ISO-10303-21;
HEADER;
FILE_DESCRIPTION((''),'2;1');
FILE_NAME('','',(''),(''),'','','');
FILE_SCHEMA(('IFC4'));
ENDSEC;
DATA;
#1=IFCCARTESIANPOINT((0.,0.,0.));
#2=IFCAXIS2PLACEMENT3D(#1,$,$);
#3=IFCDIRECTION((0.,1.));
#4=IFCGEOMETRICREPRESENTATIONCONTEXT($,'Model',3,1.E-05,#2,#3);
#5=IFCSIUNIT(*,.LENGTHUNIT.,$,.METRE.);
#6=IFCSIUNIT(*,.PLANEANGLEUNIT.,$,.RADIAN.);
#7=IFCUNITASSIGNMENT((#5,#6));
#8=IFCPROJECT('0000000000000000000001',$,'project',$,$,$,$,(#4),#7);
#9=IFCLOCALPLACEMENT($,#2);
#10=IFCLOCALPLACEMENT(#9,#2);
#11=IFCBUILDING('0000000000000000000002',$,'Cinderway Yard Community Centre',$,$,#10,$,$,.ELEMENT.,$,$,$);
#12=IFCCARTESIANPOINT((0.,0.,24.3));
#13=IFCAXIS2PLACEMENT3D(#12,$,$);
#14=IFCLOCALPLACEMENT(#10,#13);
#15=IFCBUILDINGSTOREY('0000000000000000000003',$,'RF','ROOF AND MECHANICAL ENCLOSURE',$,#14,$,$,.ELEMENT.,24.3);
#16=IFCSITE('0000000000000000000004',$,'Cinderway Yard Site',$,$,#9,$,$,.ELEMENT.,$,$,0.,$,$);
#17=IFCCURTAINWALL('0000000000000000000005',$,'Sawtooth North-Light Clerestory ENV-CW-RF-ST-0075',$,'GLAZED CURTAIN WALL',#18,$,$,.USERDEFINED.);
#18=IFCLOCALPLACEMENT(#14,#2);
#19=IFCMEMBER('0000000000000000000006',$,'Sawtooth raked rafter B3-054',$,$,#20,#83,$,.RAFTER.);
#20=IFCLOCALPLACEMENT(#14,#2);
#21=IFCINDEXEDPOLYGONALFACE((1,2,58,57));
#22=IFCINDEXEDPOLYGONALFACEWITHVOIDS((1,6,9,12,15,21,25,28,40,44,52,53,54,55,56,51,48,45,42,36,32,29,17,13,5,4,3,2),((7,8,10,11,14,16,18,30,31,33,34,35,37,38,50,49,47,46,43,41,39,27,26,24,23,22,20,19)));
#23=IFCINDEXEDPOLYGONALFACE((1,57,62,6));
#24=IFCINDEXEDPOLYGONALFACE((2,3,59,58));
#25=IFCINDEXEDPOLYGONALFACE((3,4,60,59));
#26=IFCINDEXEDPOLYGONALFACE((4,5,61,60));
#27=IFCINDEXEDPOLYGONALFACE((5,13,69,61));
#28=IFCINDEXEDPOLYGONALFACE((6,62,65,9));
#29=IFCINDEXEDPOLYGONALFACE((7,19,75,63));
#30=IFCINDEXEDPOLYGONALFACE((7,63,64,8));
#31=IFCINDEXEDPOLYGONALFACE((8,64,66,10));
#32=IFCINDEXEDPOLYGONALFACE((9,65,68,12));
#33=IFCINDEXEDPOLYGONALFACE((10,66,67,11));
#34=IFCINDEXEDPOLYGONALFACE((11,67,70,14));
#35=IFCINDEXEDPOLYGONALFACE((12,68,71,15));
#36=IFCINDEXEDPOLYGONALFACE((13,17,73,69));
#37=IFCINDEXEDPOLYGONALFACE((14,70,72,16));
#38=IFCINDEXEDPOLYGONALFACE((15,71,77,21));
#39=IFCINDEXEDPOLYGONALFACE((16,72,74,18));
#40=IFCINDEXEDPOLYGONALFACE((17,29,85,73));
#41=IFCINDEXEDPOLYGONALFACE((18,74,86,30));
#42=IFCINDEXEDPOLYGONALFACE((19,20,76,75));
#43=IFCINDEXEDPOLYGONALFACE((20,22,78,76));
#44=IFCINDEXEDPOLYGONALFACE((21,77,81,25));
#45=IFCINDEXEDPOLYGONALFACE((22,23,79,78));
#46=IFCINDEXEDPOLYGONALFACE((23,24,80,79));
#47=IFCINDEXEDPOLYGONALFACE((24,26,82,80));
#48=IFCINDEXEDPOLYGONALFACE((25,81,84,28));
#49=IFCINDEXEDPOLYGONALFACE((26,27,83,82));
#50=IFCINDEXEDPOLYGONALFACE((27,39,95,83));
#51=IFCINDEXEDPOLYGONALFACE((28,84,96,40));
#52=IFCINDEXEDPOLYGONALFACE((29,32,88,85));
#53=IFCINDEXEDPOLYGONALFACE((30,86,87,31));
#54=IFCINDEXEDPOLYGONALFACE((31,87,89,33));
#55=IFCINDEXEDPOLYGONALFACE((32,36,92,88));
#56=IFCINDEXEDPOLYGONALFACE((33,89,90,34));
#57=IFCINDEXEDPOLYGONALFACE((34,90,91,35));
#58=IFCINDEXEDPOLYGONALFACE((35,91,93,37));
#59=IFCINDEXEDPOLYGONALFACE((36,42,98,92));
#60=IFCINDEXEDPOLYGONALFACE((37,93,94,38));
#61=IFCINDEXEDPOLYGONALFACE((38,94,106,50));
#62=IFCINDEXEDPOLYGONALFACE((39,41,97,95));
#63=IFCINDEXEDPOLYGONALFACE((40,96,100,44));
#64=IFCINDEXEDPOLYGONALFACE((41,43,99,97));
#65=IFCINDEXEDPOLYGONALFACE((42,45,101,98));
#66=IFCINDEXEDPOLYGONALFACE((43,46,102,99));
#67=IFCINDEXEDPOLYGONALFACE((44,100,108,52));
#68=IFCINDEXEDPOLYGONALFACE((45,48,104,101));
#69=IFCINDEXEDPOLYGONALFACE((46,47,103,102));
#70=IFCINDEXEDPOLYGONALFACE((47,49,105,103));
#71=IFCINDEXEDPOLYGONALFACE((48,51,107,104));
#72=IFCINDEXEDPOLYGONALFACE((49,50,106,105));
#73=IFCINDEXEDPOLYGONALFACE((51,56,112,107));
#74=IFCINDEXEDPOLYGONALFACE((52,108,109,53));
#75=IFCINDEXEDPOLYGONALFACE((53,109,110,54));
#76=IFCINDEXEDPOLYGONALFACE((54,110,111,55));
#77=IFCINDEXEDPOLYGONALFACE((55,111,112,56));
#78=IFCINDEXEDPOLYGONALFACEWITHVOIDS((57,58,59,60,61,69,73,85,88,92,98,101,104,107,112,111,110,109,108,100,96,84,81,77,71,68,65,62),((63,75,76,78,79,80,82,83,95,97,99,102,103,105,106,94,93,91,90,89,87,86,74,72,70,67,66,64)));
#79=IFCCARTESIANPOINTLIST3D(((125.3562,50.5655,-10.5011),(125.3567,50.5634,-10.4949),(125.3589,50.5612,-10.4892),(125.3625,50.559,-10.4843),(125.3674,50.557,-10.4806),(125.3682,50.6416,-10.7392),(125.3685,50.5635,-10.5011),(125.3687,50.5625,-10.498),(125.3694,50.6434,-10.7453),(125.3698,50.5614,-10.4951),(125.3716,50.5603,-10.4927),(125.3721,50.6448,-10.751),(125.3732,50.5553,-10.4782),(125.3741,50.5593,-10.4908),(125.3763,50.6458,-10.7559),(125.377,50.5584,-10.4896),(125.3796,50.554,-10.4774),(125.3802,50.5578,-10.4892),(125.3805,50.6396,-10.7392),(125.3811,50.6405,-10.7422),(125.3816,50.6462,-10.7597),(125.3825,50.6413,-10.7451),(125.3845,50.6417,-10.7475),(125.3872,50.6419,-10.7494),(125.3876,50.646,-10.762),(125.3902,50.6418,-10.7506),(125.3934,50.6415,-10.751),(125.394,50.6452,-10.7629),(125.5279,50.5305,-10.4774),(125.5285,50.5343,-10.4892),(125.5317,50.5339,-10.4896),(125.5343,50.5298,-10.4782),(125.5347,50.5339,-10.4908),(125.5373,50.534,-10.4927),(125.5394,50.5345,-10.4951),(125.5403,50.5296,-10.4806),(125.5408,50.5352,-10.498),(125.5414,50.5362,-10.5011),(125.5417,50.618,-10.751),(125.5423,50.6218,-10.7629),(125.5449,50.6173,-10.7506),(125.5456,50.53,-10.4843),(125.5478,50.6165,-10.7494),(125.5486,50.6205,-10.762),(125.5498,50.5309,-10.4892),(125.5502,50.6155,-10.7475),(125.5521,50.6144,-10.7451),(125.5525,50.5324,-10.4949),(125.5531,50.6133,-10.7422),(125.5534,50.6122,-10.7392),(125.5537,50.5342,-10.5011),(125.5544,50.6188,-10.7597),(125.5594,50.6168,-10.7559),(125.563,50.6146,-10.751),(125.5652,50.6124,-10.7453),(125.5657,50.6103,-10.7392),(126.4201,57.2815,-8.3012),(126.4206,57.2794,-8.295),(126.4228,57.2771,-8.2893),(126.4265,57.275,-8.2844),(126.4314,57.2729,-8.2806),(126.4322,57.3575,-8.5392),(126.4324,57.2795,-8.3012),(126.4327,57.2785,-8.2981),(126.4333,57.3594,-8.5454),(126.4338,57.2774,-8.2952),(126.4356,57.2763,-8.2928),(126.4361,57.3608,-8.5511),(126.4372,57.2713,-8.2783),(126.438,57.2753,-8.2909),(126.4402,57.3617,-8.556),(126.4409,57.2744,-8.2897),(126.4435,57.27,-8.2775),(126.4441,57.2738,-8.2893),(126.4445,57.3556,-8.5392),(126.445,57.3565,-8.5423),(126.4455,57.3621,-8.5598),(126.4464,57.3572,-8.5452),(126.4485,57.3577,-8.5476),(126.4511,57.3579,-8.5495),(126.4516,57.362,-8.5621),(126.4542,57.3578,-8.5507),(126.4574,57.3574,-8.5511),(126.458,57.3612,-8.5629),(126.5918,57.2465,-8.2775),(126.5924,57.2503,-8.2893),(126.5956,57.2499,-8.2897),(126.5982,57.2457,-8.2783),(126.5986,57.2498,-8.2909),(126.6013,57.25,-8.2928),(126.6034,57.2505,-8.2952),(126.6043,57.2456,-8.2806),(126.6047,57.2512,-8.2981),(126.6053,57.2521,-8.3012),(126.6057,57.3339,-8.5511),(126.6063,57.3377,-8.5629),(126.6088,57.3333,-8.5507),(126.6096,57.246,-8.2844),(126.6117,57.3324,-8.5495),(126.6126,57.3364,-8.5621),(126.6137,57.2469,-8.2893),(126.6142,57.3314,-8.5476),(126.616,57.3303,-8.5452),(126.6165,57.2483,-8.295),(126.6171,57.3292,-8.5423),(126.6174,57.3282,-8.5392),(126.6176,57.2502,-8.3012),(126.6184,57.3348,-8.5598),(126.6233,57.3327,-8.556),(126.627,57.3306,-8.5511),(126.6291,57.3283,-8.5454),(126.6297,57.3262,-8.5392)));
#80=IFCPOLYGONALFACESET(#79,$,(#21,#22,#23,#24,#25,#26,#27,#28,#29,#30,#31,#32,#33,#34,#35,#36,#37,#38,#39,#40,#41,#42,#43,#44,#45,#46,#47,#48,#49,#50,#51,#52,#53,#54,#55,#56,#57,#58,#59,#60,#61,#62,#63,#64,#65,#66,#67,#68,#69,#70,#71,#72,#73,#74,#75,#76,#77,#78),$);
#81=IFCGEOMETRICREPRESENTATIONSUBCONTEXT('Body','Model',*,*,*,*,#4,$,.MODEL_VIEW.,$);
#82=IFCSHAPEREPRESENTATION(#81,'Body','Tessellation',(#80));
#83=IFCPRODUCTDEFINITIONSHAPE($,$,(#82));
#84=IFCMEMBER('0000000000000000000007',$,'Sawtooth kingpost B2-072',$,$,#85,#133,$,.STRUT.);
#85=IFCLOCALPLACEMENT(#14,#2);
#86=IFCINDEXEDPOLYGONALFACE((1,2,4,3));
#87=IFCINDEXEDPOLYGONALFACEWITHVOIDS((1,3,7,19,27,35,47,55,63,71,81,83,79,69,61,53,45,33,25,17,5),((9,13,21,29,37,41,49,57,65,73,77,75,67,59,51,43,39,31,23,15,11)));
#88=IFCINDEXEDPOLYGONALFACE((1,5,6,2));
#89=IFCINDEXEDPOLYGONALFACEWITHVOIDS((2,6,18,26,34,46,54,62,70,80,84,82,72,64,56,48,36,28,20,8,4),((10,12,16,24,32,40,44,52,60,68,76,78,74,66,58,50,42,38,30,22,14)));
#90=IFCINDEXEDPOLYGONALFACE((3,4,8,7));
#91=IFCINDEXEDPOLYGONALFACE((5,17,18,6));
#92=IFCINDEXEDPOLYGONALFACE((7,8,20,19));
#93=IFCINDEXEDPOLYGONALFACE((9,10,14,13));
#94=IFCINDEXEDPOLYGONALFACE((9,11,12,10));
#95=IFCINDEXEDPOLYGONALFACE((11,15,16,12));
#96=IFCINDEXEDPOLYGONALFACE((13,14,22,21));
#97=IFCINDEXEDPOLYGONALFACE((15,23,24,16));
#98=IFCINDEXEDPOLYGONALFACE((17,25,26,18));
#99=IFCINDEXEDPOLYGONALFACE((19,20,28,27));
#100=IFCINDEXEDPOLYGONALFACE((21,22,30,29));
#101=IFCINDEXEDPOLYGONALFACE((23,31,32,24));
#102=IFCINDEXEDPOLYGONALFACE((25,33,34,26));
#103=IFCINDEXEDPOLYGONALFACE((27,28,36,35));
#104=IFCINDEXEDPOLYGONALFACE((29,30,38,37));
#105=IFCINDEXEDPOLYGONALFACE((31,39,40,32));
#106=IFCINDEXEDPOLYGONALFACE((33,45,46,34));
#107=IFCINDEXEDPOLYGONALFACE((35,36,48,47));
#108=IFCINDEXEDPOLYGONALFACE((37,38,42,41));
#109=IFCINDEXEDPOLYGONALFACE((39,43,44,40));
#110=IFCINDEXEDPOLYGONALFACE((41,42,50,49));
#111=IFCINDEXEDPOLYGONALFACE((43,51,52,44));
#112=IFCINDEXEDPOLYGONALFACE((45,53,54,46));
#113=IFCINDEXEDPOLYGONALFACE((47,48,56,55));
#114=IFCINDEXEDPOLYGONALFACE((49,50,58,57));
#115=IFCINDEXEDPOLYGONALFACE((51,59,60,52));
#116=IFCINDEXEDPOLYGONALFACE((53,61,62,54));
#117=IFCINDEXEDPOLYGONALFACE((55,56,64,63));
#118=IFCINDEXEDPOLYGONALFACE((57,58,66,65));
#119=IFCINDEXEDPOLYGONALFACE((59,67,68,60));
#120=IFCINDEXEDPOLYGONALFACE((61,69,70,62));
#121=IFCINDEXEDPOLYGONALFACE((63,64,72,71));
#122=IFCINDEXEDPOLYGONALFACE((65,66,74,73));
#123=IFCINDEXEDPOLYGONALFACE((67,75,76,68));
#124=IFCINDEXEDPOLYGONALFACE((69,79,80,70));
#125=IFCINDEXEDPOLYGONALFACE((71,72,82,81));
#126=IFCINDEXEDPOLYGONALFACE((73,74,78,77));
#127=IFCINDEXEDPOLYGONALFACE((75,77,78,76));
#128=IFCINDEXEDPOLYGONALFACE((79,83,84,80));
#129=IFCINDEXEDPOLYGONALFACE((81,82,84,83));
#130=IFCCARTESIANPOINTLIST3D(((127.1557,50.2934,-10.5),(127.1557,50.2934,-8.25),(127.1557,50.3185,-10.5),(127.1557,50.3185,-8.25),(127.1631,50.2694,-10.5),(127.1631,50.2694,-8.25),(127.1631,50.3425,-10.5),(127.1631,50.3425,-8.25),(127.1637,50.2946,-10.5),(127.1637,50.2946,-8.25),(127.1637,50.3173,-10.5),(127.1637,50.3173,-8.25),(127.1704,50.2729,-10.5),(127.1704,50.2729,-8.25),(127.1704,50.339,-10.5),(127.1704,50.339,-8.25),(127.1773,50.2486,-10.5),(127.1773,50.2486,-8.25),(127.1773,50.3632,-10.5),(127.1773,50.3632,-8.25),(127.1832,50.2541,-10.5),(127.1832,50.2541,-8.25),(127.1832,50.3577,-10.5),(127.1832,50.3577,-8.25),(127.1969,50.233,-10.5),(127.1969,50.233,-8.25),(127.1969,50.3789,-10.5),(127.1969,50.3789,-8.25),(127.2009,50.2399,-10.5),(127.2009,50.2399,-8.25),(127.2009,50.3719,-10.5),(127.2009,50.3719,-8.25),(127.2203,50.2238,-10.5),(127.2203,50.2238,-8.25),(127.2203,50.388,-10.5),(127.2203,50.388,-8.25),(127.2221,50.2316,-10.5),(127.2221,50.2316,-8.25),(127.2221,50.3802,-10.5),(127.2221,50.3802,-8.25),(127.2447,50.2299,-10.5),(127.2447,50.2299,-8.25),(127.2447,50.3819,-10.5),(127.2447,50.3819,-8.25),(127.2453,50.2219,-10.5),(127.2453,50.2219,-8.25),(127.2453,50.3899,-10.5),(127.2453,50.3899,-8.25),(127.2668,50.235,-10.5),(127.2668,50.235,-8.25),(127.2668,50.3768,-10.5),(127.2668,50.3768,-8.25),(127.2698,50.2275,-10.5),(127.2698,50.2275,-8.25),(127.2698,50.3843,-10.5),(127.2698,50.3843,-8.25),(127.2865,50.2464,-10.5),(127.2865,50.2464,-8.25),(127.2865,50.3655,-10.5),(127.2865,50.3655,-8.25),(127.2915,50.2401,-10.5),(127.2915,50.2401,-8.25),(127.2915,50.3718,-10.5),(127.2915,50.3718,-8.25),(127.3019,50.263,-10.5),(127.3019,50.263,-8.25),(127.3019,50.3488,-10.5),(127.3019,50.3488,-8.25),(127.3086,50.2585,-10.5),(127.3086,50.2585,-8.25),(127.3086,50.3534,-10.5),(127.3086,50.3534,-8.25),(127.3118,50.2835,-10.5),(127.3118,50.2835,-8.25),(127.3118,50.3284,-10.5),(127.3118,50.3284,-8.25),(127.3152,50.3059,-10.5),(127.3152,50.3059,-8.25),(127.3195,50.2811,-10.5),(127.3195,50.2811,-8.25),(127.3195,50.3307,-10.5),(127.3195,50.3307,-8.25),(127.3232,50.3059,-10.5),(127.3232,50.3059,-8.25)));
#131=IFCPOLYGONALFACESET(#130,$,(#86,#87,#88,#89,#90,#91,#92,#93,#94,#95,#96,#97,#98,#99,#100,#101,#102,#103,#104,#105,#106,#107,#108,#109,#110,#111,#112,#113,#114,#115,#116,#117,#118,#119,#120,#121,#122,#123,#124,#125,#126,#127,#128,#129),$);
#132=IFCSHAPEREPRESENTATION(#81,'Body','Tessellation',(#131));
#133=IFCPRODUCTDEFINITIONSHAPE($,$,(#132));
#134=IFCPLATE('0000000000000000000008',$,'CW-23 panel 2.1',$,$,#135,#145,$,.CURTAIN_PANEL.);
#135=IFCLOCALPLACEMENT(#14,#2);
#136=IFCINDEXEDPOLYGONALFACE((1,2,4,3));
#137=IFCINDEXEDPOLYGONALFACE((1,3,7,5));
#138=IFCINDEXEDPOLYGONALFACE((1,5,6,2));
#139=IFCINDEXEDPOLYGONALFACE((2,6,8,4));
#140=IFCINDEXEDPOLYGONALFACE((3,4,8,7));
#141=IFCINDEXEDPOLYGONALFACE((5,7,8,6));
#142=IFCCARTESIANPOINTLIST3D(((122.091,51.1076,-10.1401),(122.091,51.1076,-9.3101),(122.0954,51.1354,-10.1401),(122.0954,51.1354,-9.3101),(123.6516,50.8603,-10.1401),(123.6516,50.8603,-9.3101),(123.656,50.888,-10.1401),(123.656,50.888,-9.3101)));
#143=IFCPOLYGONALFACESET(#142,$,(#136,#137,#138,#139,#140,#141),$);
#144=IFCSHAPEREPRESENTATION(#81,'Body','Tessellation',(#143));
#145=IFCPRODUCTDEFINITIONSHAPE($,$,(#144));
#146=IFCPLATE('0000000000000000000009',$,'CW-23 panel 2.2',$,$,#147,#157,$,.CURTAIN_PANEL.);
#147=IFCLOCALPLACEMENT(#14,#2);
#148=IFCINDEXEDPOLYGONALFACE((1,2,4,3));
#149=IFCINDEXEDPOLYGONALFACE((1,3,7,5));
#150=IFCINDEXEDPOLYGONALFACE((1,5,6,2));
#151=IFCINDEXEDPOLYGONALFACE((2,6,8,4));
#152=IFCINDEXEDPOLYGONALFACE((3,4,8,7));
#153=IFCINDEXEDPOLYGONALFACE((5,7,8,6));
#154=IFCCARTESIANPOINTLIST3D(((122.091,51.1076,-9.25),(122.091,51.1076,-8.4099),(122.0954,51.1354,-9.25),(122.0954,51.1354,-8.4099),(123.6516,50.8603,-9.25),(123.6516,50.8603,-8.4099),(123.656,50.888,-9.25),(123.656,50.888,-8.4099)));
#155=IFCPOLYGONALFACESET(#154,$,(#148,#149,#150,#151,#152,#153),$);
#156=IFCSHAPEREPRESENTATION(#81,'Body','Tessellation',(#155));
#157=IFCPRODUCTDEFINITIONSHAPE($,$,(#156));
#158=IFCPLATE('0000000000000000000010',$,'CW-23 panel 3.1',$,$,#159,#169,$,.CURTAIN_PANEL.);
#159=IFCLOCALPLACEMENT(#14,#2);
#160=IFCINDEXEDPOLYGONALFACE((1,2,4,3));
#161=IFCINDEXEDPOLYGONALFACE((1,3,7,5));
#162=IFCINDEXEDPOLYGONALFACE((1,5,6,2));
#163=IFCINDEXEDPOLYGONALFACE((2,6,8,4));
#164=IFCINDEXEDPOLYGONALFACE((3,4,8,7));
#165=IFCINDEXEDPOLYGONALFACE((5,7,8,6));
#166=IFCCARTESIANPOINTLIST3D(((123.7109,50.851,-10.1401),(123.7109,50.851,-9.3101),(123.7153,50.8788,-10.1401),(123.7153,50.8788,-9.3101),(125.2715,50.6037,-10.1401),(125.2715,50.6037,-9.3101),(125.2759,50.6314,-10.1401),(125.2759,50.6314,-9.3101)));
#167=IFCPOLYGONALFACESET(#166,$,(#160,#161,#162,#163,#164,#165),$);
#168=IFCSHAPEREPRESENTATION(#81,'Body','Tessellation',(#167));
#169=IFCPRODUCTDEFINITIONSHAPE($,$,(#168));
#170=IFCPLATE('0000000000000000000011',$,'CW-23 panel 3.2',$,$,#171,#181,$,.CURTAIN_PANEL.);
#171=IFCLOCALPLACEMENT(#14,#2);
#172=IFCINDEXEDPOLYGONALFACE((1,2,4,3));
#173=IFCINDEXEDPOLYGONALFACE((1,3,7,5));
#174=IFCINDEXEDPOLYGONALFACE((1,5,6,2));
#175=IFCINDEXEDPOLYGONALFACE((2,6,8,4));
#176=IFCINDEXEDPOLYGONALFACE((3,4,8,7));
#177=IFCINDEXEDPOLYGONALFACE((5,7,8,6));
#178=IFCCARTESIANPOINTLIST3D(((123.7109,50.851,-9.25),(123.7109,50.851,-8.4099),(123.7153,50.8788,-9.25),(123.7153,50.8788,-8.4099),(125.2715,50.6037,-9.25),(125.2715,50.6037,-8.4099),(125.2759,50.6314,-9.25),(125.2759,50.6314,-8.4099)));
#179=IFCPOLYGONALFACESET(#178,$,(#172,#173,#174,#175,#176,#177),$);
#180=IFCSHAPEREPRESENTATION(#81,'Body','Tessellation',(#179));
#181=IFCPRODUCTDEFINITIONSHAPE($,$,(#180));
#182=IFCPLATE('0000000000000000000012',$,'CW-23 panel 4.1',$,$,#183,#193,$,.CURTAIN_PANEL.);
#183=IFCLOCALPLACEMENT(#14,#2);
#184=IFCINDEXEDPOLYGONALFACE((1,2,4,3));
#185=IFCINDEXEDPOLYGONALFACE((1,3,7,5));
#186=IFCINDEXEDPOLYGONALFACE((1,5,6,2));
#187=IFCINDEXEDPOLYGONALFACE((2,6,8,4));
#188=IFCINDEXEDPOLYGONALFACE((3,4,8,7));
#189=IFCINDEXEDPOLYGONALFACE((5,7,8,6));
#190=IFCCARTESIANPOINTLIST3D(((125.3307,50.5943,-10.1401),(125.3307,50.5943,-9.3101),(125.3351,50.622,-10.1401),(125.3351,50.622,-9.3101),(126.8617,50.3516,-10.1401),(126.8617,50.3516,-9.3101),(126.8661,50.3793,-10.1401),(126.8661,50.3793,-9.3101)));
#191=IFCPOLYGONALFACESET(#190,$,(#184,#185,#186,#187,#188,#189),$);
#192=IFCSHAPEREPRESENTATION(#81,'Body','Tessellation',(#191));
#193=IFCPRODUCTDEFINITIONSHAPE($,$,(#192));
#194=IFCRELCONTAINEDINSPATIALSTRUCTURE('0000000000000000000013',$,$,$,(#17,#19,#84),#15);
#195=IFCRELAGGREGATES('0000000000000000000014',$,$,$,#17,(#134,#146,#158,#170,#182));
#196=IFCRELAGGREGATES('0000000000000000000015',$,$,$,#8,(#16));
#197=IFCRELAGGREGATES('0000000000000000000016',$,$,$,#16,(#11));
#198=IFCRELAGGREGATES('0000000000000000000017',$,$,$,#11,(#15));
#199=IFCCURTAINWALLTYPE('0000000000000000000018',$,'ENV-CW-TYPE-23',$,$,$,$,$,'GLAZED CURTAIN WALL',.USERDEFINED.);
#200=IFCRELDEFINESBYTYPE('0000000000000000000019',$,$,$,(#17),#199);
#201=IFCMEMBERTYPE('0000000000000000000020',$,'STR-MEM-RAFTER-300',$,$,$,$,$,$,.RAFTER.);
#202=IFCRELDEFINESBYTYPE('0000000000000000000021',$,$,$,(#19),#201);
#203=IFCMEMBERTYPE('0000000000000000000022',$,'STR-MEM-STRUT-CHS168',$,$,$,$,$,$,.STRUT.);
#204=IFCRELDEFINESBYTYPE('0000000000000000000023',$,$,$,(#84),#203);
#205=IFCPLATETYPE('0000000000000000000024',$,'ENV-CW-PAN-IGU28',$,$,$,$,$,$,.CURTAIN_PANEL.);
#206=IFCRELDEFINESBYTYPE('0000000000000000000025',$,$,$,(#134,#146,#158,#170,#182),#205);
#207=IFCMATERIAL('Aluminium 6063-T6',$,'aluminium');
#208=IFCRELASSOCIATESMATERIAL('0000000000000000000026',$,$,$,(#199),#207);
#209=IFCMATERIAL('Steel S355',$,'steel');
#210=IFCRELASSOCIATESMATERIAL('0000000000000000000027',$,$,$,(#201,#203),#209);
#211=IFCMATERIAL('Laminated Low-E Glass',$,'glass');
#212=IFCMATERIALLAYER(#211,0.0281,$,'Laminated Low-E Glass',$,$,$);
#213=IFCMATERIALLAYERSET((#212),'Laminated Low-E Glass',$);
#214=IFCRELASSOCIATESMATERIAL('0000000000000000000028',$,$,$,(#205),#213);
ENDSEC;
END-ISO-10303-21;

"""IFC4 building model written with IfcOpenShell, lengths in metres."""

from ifc_helpers import new_model, si_unit, direction, frame, origin, origin_2d, place, context, subcontext, project, spatial, rectangle, hollow_rectangle, hollow_circle, extrude, material, layer, layer_set, material_profile, profile_set, type_object, element, aggregate, save


model = new_model("IFC4")

# Units and contexts
model_context = context("Model", 3, precision=1e-05, world=origin(), true_north=direction((0.0, 1.0)))
body_context = subcontext(model_context, "Body", "Model", "MODEL_VIEW")
ifc_project = project(units=[si_unit("LENGTHUNIT", "METRE"), si_unit("PLANEANGLEUNIT", "RADIAN")], contexts=[model_context])

# Site, building, storey
site_placement = place(None, origin())
site = spatial("IfcSite", under=ifc_project, at=site_placement, Name="Cinderway Yard Site", CompositionType="ELEMENT", RefElevation=0.0)
building_placement = place(site_placement, origin())
building = spatial("IfcBuilding", under=site, at=building_placement, Name="Cinderway Yard Community Centre", CompositionType="ELEMENT")
storey_placement = place(building_placement, frame((0.0, 0.0, 24.3)))
storey = spatial("IfcBuildingStorey", under=building, at=storey_placement, Name="RF", Description="ROOF AND MECHANICAL ENCLOSURE", CompositionType="ELEMENT", Elevation=24.3)

# Curtain wall
ifc_material_1 = material(Name="Aluminium 6063-T6", Category="aluminium")
curtain_wall_type = type_object("IfcCurtainWallType", Name="ENV-CW-TYPE-23", ElementType="GLAZED CURTAIN WALL", PredefinedType="USERDEFINED", material=ifc_material_1)
curtain_wall_1_placement = place(storey_placement, origin())
curtain_wall_1 = element("IfcCurtainWall", 1, at=curtain_wall_1_placement, inside=storey, type_object=curtain_wall_type, Name="Sawtooth North-Light Clerestory ENV-CW-RF-ST-0075", ObjectType="GLAZED CURTAIN WALL", PredefinedType="USERDEFINED")

# Members
ifc_material_2 = material(Name="Steel S355", Category="steel")
ifc_material_profile_1 = material_profile(ifc_material_2, hollow_rectangle(XDim=0.2, YDim=0.3, WallThickness=0.0125, InnerFilletRadius=0.0125, OuterFilletRadius=0.0249, at=origin_2d()), Name="Steel S355")
ifc_profile_set_1 = profile_set([ifc_material_profile_1], Name="Steel S355")
member_type_1 = type_object("IfcMemberType", Name="STR-MEM-RAFTER-300", PredefinedType="RAFTER", material=ifc_profile_set_1)
member_1_placement = place(storey_placement, frame((125.4609, 50.5879, -10.6201), z_axis=(0.148872, 0.939725, 0.307822), x_axis=(-0.987683, 0.15647, 0.0)))
element("IfcMember", 2, at=member_1_placement, inside=storey, type_object=member_type_1, Name="Sawtooth raked rafter B3-054", PredefinedType="RAFTER", context=body_context, shape_type="SweptSolid", body=[
    extrude(hollow_rectangle(XDim=0.2, YDim=0.3, WallThickness=0.0125, InnerFilletRadius=0.0125, OuterFilletRadius=0.0249, at=origin_2d()), origin(), (0.0, 0.0, 1.0), 7.1467),
])
ifc_material_profile_2 = material_profile(ifc_material_2, hollow_circle(Radius=0.0842, WallThickness=0.0081, at=origin_2d()), Name="Steel S355")
ifc_profile_set_2 = profile_set([ifc_material_profile_2], Name="Steel S355")
member_type_2 = type_object("IfcMemberType", Name="STR-MEM-STRUT-CHS168", PredefinedType="STRUT", material=ifc_profile_set_2)
member_2_placement = place(storey_placement, frame((127.239, 50.3059, -10.5), z_axis=(0.0, 0.0, 1.0), x_axis=(1.0, 0.0, 0.0)))
element("IfcMember", 3, at=member_2_placement, inside=storey, type_object=member_type_2, Name="Sawtooth kingpost B2-072", PredefinedType="STRUT", context=body_context, shape_type="SweptSolid", body=[
    extrude(hollow_circle(Radius=0.0842, WallThickness=0.0081, at=origin_2d()), origin(), (0.0, 0.0, 1.0), 2.25),
])

# Plates
ifc_material_3 = material(Name="Laminated Low-E Glass", Category="glass")
ifc_layer_1 = layer(ifc_material_3, 0.0281, Name="Laminated Low-E Glass")
ifc_layer_set_1 = layer_set([ifc_layer_1], Name="Laminated Low-E Glass")
plate_type_1 = type_object("IfcPlateType", Name="ENV-CW-PAN-IGU28", PredefinedType="CURTAIN_PANEL", material=ifc_layer_set_1)
plate_1_placement = place(storey_placement, frame((122.8735, 50.9978, -10.1401), z_axis=(0.0, 0.0, 1.0), x_axis=(0.987669, -0.156557, 0.0)))
plate_1 = element("IfcPlate", 4, at=plate_1_placement, type_object=plate_type_1, Name="CW-23 panel 2.1", PredefinedType="CURTAIN_PANEL", context=body_context, shape_type="SweptSolid", body=[
    extrude(rectangle(XDim=1.5801, YDim=0.0281, at=origin_2d()), origin(), (0.0, 0.0, 1.0), 0.8301),
])
plate_2_placement = place(storey_placement, frame((122.8735, 50.9978, -9.25), z_axis=(0.0, 0.0, 1.0), x_axis=(0.987669, -0.156557, 0.0)))
plate_2 = element("IfcPlate", 5, at=plate_2_placement, type_object=plate_type_1, Name="CW-23 panel 2.2", PredefinedType="CURTAIN_PANEL", context=body_context, shape_type="SweptSolid", body=[
    extrude(rectangle(XDim=1.5801, YDim=0.0281, at=origin_2d()), origin(), (0.0, 0.0, 1.0), 0.8401),
])
plate_3_placement = place(storey_placement, frame((124.4934, 50.7412, -10.1401), z_axis=(0.0, 0.0, 1.0), x_axis=(0.987669, -0.156557, 0.0)))
plate_3 = element("IfcPlate", 6, at=plate_3_placement, type_object=plate_type_1, Name="CW-23 panel 3.1", PredefinedType="CURTAIN_PANEL", context=body_context, shape_type="SweptSolid", body=[
    extrude(rectangle(XDim=1.5801, YDim=0.0281, at=origin_2d()), origin(), (0.0, 0.0, 1.0), 0.8301),
])
plate_4_placement = place(storey_placement, frame((124.4934, 50.7412, -9.25), z_axis=(0.0, 0.0, 1.0), x_axis=(0.987669, -0.156557, 0.0)))
plate_4 = element("IfcPlate", 7, at=plate_4_placement, type_object=plate_type_1, Name="CW-23 panel 3.2", PredefinedType="CURTAIN_PANEL", context=body_context, shape_type="SweptSolid", body=[
    extrude(rectangle(XDim=1.5801, YDim=0.0281, at=origin_2d()), origin(), (0.0, 0.0, 1.0), 0.8401),
])
plate_5_placement = place(storey_placement, frame((126.0984, 50.4868, -10.1401), z_axis=(0.0, 0.0, 1.0), x_axis=(0.987669, -0.156557, 0.0)))
plate_5 = element("IfcPlate", 8, at=plate_5_placement, type_object=plate_type_1, Name="CW-23 panel 4.1", PredefinedType="CURTAIN_PANEL", context=body_context, shape_type="SweptSolid", body=[
    extrude(rectangle(XDim=1.55, YDim=0.0281, at=origin_2d()), origin(), (0.0, 0.0, 1.0), 0.8301),
])
aggregate(curtain_wall_1, [plate_1, plate_2, plate_3, plate_4, plate_5])

save(model, "model.ifc")
